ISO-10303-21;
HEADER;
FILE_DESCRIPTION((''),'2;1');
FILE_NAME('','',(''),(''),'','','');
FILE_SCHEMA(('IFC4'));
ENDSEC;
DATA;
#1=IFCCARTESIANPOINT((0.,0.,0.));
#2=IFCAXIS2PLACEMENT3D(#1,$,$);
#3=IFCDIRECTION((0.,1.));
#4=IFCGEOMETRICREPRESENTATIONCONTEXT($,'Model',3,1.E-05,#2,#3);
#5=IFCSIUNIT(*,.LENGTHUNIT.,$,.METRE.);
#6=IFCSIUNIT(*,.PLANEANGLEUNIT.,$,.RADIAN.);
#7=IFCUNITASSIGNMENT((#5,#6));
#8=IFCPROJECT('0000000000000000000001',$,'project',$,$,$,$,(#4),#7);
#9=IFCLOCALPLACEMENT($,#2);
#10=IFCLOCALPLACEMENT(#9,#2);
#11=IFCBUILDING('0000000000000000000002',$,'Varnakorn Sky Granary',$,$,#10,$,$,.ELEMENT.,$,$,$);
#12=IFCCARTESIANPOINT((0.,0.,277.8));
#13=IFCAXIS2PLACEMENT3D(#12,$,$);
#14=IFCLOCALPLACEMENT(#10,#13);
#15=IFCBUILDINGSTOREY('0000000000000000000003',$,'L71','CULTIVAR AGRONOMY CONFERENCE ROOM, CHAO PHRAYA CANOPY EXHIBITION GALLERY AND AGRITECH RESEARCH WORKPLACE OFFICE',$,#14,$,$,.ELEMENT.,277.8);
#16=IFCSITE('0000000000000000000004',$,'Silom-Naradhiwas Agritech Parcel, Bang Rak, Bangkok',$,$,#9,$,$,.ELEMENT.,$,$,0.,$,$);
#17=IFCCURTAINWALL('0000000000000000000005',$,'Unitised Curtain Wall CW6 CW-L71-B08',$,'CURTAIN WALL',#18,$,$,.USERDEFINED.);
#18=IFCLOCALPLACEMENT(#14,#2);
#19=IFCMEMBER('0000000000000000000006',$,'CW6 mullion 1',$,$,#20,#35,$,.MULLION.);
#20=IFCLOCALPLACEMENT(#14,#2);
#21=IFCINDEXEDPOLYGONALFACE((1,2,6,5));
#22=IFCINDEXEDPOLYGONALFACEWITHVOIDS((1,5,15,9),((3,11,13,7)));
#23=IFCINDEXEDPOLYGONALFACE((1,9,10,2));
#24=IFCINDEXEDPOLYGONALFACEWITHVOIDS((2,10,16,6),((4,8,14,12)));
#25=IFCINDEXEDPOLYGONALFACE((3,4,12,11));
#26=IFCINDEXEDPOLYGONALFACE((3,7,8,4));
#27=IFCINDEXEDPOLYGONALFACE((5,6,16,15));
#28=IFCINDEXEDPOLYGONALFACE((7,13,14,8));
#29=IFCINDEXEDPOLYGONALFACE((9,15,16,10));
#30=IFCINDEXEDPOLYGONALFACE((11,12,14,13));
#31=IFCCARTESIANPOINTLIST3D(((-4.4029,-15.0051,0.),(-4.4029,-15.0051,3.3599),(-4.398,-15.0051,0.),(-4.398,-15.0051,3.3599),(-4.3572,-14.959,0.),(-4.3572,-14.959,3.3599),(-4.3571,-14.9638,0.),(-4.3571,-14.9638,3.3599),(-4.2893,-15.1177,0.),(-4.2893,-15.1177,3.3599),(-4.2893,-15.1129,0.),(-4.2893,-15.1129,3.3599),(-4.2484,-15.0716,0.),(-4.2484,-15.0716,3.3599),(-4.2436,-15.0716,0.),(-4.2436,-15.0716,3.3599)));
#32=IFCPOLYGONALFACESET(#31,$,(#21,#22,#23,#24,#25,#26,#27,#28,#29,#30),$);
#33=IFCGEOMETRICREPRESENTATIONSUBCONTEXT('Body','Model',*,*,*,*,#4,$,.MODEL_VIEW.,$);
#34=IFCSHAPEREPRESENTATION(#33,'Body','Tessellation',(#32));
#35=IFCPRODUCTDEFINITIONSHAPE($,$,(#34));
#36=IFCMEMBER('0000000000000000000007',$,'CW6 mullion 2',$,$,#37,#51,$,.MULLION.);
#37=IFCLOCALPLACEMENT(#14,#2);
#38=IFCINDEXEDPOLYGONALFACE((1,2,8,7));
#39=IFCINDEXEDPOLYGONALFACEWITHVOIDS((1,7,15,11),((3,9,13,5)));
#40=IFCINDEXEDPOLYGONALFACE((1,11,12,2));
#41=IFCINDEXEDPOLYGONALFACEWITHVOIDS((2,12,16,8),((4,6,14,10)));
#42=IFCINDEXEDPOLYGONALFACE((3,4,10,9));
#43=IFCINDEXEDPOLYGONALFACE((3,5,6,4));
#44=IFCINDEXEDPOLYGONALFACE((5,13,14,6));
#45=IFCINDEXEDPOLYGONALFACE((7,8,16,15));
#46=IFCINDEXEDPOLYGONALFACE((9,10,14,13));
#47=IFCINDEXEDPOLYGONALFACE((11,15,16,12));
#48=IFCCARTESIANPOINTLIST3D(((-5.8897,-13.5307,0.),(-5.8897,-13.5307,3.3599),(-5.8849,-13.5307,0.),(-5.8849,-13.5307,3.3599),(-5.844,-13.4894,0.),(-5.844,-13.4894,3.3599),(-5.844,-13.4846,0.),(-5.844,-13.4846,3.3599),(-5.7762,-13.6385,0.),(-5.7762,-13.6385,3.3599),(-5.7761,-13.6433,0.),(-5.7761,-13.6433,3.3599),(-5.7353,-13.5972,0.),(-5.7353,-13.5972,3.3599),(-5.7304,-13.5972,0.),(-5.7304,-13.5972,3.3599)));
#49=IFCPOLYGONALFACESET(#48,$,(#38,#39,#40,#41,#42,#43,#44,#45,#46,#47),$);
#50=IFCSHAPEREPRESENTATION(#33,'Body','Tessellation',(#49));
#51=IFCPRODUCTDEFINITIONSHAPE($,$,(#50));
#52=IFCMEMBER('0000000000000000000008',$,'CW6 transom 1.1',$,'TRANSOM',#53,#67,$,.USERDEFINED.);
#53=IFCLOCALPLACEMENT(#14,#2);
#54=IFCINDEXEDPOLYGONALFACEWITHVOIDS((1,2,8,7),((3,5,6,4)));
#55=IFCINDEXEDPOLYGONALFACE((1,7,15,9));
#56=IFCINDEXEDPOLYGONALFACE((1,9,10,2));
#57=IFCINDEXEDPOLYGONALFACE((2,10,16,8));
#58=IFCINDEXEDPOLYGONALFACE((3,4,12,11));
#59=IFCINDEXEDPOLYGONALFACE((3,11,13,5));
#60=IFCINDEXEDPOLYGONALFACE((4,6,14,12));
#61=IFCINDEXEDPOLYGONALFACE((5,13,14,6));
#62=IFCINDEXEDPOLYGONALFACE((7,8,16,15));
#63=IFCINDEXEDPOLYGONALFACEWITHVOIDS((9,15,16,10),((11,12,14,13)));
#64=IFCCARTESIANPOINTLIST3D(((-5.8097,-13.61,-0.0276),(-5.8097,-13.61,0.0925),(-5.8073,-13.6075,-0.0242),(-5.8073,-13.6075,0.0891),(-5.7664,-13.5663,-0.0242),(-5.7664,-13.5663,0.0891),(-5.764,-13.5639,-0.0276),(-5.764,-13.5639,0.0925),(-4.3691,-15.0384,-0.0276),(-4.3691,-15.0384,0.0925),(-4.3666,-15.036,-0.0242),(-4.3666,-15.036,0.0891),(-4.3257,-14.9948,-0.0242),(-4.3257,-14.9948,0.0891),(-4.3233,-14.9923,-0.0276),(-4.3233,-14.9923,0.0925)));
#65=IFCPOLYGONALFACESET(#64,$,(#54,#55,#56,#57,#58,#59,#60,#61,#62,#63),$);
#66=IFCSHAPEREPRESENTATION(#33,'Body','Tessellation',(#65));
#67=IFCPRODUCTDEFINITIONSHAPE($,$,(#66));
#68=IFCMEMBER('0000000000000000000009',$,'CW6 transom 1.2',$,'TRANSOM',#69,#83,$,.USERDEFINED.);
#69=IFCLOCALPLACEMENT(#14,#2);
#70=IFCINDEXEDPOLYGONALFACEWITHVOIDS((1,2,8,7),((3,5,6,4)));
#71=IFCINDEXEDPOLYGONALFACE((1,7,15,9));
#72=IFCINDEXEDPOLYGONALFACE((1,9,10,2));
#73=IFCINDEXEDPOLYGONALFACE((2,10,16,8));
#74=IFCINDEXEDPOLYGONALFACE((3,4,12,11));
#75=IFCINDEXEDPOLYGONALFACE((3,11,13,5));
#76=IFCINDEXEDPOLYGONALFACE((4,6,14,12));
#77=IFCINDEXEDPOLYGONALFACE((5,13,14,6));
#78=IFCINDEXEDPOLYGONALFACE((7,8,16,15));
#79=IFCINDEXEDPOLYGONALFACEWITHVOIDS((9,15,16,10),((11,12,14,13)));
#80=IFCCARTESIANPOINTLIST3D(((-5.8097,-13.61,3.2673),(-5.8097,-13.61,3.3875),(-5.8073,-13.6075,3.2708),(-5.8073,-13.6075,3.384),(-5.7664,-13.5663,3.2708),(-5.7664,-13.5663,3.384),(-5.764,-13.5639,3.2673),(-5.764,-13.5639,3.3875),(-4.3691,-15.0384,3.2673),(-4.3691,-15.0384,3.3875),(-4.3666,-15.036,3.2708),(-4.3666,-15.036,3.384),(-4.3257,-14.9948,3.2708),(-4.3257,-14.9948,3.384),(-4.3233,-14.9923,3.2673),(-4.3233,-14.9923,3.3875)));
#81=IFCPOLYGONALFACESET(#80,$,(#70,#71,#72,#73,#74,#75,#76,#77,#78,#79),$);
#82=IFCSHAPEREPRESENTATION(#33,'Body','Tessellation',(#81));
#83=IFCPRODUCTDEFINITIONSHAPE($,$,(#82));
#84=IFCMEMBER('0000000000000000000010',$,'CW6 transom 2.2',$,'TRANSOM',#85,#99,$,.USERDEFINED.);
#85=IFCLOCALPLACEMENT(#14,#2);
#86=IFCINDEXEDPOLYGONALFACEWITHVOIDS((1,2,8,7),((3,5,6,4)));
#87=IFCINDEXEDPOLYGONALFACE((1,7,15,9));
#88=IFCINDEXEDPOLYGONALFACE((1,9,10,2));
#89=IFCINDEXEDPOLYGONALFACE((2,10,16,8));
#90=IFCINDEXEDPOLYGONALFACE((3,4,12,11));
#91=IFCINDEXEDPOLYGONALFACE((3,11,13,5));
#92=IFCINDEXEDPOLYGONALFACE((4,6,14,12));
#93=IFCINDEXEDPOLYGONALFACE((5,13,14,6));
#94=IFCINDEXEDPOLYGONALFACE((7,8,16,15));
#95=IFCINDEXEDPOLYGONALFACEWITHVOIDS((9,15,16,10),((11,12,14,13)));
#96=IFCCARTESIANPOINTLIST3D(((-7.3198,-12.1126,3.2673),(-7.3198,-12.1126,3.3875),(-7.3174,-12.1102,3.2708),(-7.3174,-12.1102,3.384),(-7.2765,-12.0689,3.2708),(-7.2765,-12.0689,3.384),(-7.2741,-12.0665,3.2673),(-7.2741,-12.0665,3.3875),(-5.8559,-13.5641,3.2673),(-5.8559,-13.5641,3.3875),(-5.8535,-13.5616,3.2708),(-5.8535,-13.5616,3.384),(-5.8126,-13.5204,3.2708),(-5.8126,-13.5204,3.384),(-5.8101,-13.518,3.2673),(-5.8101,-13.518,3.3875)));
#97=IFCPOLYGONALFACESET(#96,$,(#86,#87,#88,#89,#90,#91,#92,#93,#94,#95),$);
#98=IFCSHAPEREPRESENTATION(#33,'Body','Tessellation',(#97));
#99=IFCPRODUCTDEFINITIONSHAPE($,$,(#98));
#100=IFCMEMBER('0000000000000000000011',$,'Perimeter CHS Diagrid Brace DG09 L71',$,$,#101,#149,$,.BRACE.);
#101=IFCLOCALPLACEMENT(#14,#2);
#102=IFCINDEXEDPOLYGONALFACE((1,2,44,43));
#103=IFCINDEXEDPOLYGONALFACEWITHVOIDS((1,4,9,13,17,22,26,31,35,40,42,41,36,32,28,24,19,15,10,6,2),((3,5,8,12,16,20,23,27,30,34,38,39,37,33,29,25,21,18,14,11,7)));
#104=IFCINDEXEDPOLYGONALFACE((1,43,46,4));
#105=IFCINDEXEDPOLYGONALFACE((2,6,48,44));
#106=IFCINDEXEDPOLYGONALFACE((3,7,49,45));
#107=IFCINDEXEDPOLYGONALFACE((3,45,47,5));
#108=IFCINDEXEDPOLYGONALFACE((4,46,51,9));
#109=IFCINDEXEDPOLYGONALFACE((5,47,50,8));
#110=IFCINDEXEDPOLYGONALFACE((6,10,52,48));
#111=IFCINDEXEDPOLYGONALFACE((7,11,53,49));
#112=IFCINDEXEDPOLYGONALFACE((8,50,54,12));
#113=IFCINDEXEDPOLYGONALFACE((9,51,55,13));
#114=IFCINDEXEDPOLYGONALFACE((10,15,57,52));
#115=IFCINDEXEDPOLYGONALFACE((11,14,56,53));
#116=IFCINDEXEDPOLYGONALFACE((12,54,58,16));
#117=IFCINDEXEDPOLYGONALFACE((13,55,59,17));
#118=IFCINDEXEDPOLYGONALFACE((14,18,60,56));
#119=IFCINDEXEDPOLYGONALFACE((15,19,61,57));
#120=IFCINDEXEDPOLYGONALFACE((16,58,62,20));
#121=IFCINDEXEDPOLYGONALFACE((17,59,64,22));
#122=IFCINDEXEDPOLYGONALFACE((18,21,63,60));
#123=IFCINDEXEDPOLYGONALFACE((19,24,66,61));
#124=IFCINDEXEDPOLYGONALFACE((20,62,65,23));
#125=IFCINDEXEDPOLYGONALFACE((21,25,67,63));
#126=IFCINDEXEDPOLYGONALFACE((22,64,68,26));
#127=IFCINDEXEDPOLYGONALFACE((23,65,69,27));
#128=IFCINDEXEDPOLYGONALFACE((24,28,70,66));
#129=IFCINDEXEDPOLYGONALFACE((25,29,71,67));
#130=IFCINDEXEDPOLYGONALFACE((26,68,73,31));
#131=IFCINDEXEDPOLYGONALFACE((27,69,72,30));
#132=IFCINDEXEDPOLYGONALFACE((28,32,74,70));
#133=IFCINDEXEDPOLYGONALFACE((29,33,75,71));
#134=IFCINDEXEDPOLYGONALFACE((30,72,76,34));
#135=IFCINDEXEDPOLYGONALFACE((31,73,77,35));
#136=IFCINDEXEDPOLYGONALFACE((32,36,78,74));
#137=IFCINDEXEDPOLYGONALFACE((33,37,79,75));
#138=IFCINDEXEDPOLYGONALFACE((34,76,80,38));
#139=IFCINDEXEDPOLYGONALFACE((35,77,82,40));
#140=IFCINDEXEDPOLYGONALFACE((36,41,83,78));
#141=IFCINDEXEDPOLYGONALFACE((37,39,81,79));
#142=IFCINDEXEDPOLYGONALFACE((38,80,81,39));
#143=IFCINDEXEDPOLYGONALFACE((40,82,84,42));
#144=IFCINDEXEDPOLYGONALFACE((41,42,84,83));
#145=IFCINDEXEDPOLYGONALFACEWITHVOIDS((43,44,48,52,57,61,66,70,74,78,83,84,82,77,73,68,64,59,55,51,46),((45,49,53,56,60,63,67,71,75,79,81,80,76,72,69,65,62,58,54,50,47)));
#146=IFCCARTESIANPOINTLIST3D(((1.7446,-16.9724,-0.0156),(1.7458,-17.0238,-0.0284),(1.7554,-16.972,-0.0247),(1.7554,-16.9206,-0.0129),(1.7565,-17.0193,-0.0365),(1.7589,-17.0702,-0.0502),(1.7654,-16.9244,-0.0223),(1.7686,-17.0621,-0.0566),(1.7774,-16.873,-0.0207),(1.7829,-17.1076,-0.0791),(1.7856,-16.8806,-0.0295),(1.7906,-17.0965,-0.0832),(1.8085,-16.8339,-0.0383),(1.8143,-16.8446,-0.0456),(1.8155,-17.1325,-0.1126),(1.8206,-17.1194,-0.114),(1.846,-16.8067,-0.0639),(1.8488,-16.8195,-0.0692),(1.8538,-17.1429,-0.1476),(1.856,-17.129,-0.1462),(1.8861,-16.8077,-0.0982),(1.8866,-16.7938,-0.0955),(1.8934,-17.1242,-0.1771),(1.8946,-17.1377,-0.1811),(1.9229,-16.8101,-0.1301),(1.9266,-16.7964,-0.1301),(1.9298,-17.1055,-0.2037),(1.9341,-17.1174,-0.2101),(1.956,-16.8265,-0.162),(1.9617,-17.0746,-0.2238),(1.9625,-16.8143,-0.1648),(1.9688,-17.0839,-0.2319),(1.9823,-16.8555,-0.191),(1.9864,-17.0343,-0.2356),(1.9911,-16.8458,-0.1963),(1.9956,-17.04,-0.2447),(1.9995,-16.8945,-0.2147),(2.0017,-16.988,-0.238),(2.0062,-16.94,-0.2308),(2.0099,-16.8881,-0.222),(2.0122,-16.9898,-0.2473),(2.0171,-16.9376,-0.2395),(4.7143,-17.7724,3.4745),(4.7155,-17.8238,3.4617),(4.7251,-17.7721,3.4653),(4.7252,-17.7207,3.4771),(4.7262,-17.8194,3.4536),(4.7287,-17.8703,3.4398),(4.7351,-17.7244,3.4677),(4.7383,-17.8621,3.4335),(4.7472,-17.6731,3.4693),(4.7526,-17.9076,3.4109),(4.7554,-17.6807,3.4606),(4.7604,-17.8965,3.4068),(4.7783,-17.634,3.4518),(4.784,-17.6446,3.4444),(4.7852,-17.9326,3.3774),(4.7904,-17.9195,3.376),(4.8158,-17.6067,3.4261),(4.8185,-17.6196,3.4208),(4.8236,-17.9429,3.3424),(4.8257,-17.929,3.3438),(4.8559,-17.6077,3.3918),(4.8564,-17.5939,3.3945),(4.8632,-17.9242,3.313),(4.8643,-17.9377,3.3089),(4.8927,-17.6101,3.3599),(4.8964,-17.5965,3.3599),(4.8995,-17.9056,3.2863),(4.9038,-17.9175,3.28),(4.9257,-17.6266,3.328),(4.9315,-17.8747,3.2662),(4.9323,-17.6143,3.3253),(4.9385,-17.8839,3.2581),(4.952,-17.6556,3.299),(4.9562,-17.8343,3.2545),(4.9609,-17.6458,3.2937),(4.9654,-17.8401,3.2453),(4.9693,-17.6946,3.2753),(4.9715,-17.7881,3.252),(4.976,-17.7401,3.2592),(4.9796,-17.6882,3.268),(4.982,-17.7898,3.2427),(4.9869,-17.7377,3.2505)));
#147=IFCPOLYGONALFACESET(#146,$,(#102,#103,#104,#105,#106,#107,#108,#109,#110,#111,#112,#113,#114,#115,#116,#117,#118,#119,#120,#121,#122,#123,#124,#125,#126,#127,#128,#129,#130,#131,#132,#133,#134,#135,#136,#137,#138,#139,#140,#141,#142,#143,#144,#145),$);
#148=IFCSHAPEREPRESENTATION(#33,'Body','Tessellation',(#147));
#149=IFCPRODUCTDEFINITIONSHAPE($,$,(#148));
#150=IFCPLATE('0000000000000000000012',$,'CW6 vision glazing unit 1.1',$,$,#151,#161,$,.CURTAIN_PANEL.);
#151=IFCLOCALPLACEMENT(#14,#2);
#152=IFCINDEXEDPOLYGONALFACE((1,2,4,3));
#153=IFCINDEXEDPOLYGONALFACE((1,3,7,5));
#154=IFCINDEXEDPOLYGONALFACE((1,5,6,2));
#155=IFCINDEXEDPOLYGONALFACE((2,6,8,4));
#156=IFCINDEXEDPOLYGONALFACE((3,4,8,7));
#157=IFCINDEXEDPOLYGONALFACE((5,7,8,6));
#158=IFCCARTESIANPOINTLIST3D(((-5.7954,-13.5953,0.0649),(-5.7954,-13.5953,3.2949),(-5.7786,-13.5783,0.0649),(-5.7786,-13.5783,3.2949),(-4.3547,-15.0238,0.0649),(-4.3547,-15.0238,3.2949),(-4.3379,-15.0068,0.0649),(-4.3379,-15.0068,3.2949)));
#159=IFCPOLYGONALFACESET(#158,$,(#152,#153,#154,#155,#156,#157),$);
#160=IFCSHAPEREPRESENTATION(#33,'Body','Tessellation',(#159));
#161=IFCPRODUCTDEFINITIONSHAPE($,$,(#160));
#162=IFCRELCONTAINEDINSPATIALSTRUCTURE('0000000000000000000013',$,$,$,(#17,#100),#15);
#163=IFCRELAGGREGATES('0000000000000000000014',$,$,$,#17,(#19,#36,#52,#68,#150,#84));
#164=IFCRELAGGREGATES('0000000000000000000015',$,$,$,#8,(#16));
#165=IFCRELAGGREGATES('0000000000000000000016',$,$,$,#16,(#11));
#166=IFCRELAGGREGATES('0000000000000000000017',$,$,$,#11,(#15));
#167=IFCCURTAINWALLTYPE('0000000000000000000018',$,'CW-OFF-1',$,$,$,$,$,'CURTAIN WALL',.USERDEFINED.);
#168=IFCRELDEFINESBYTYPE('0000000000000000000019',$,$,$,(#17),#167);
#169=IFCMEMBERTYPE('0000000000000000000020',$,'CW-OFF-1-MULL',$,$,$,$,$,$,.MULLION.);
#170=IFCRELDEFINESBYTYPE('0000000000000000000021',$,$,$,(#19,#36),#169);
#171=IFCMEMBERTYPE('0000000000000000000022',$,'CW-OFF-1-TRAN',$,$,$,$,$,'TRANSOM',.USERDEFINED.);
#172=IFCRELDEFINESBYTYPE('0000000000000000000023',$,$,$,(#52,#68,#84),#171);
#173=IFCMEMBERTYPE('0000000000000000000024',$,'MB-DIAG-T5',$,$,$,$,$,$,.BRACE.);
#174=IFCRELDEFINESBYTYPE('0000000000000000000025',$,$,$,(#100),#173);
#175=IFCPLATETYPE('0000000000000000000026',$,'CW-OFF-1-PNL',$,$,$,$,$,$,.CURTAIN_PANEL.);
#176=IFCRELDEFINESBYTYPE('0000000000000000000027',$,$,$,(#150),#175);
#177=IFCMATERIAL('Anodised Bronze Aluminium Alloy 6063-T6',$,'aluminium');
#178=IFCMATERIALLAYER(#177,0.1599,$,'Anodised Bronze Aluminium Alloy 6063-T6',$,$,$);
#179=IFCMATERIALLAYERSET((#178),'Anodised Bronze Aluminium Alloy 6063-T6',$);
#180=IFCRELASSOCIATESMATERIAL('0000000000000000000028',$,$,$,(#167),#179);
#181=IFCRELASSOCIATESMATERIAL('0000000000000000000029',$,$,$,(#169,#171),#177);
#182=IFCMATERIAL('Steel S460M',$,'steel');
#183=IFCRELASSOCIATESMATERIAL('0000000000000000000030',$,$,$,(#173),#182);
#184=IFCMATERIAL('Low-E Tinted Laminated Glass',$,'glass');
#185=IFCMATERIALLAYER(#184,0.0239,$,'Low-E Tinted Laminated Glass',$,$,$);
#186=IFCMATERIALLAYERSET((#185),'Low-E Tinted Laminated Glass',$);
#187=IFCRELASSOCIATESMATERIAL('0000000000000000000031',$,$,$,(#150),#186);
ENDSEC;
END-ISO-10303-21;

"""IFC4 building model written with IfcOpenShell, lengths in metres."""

from ifc_helpers import new_model, si_unit, direction, frame, origin, origin_2d, place, context, subcontext, project, spatial, rectangle, hollow_rectangle, hollow_circle, extrude, source, transform, mapped, material, layer, layer_set, material_profile, profile_set, type_object, type_shapes, element, aggregate, save


model = new_model("IFC4")

# Units and contexts
model_context = context("Model", 3, precision=1e-05, world=origin(), true_north=direction((0.0, 1.0)))
body_context = subcontext(model_context, "Body", "Model", "MODEL_VIEW")
ifc_project = project(units=[si_unit("LENGTHUNIT", "METRE"), si_unit("PLANEANGLEUNIT", "RADIAN")], contexts=[model_context])

# Site, building, storey
site_placement = place(None, origin())
site = spatial("IfcSite", under=ifc_project, at=site_placement, Name="Silom-Naradhiwas Agritech Parcel, Bang Rak, Bangkok", CompositionType="ELEMENT", RefElevation=0.0)
building_placement = place(site_placement, origin())
building = spatial("IfcBuilding", under=site, at=building_placement, Name="Varnakorn Sky Granary", CompositionType="ELEMENT")
storey_placement = place(building_placement, frame((0.0, 0.0, 277.8)))
storey = spatial("IfcBuildingStorey", under=building, at=storey_placement, Name="L71", Description="CULTIVAR AGRONOMY CONFERENCE ROOM, CHAO PHRAYA CANOPY EXHIBITION GALLERY AND AGRITECH RESEARCH WORKPLACE OFFICE", CompositionType="ELEMENT", Elevation=277.8)

# Shared definitions
ifc_material_1 = material(Name="Steel S460M", Category="steel")

# Curtain wall, members
ifc_material_2 = material(Name="Anodised Bronze Aluminium Alloy 6063-T6", Category="aluminium")
ifc_layer_1 = layer(ifc_material_2, 0.1599, Name="Anodised Bronze Aluminium Alloy 6063-T6")
ifc_layer_set_1 = layer_set([ifc_layer_1], Name="Anodised Bronze Aluminium Alloy 6063-T6")
curtain_wall_type = type_object("IfcCurtainWallType", Name="CW-OFF-1", ElementType="CURTAIN WALL", PredefinedType="USERDEFINED", material=ifc_layer_set_1)
curtain_wall_placement = place(storey_placement, origin())
curtain_wall = element("IfcCurtainWall", 1, at=curtain_wall_placement, inside=storey, type_object=curtain_wall_type, Name="Unitised Curtain Wall CW6 CW-L71-B08", ObjectType="CURTAIN WALL", PredefinedType="USERDEFINED")
ifc_material_profile_1 = material_profile(ifc_material_2, hollow_rectangle(XDim=0.0649, YDim=0.1599, WallThickness=0.0034, at=origin_2d()), Name="ALU MULL 65x160")
ifc_profile_set_1 = profile_set([ifc_material_profile_1], Name="Anodised Bronze Aluminium Alloy 6063-T6")
member_type_1 = type_object("IfcMemberType", Name="CW-OFF-1-MULL", PredefinedType="MULLION", material=ifc_profile_set_1)
member_1_placement = place(storey_placement, frame((-4.3232, -15.0383, 0.0), z_axis=(0.0, 0.0, 1.0), x_axis=(-0.704102, -0.710099, 0.0)))
member_1 = element("IfcMember", 2, at=member_1_placement, type_object=member_type_1, Name="CW6 mullion 1", PredefinedType="MULLION", context=body_context, shape_type="SweptSolid", body=[
    extrude(hollow_rectangle(XDim=0.0649, YDim=0.1599, WallThickness=0.0034, at=origin_2d()), origin(), (0.0, 0.0, 1.0), 3.3599),
])
member_2_placement = place(storey_placement, frame((-5.8101, -13.564, 0.0), z_axis=(0.0, 0.0, 1.0), x_axis=(-0.704102, -0.710099, 0.0)))
member_2 = element("IfcMember", 3, at=member_2_placement, type_object=member_type_1, Name="CW6 mullion 2", PredefinedType="MULLION", context=body_context, shape_type="SweptSolid", body=[
    extrude(hollow_rectangle(XDim=0.0649, YDim=0.1599, WallThickness=0.0034, at=origin_2d()), origin(), (0.0, 0.0, 1.0), 3.3599),
])
ifc_material_profile_2 = material_profile(ifc_material_2, hollow_rectangle(XDim=0.0649, YDim=0.1201, WallThickness=0.0034, at=origin_2d()), Name="ALU TRAN 65x120")
ifc_profile_set_2 = profile_set([ifc_material_profile_2], Name="Anodised Bronze Aluminium Alloy 6063-T6")
member_type_2 = type_object("IfcMemberType", Name="CW-OFF-1-TRAN", ElementType="TRANSOM", PredefinedType="USERDEFINED", material=ifc_profile_set_2)
member_3_placement = place(storey_placement, frame((-4.3462, -15.0154, 0.0325), z_axis=(-0.710109, 0.704092, 0.0), x_axis=(-0.704092, -0.710109, 0.0)))
member_3 = element("IfcMember", 4, at=member_3_placement, type_object=member_type_2, Name="CW6 transom 1.1", ObjectType="TRANSOM", PredefinedType="USERDEFINED", context=body_context, shape_type="SweptSolid", body=[
    extrude(hollow_rectangle(XDim=0.0649, YDim=0.1201, WallThickness=0.0034, at=origin_2d()), origin(), (0.0, 0.0, 1.0), 2.0288),
])
member_4_placement = place(storey_placement, frame((-4.3462, -15.0154, 3.3274), z_axis=(-0.710109, 0.704092, 0.0), x_axis=(-0.704092, -0.710109, 0.0)))
member_4 = element("IfcMember", 5, at=member_4_placement, type_object=member_type_2, Name="CW6 transom 1.2", ObjectType="TRANSOM", PredefinedType="USERDEFINED", context=body_context, shape_type="SweptSolid", body=[
    extrude(hollow_rectangle(XDim=0.0649, YDim=0.1201, WallThickness=0.0034, at=origin_2d()), origin(), (0.0, 0.0, 1.0), 2.0288),
])
member_5_placement = place(storey_placement, frame((-5.833, -13.541, 3.3274), z_axis=(-0.71012, 0.70408, 0.0), x_axis=(-0.70408, -0.71012, 0.0)))
member_5 = element("IfcMember", 6, at=member_5_placement, type_object=member_type_2, Name="CW6 transom 2.2", ObjectType="TRANSOM", PredefinedType="USERDEFINED", context=body_context, shape_type="SweptSolid", body=[
    extrude(hollow_rectangle(XDim=0.0649, YDim=0.1201, WallThickness=0.0034, at=origin_2d()), origin(), (0.0, 0.0, 1.0), 2.0615),
])

# Member
ifc_material_profile_3 = material_profile(ifc_material_1, hollow_circle(Radius=0.1777, WallThickness=0.0142, at=origin_2d()), Name="CHS 355.6x14")
ifc_profile_set_3 = profile_set([ifc_material_profile_3], Name="Steel S460M")
member_type_3 = type_object("IfcMemberType", Name="MB-DIAG-T5", PredefinedType="BRACE", material=ifc_profile_set_3)
member_6_placement = place(storey_placement, frame((1.8804, -16.968, -0.1301), z_axis=(0.638402, -0.171986, 0.750243), x_axis=(0.260127, 0.965574, 0.0)))
element("IfcMember", 7, at=member_6_placement, inside=storey, type_object=member_type_3, Name="Perimeter CHS Diagrid Brace DG09 L71", PredefinedType="BRACE", context=body_context, shape_type="SweptSolid", body=[
    extrude(hollow_circle(Radius=0.1777, WallThickness=0.0142, at=origin_2d()), origin(), (0.0, 0.0, 1.0), 4.6519),
])

# Plate
ifc_material_3 = material(Name="Low-E Tinted Laminated Glass", Category="glass")
ifc_layer_2 = layer(ifc_material_3, 0.0239, Name="Low-E Tinted Laminated Glass")
ifc_layer_set_2 = layer_set([ifc_layer_2], Name="Low-E Tinted Laminated Glass")
plate_type = type_object("IfcPlateType", Name="CW-OFF-1-PNL", PredefinedType="CURTAIN_PANEL")
shared_shape_1 = source(origin(), body_context, "Body", "SweptSolid", [
    extrude(rectangle(XDim=2.0288, YDim=0.0239, at=origin_2d()), origin(), (0.0, 0.0, 1.0), 3.23),
])
type_shapes(plate_type, [shared_shape_1])
plate_placement = place(storey_placement, frame((-5.0667, -14.301, 0.0649), z_axis=(0.0, 0.0, 1.0), x_axis=(-0.710099, 0.704102, 0.0)))
plate = element("IfcPlate", 8, at=plate_placement, type_object=plate_type, material=ifc_layer_set_2, Name="CW6 vision glazing unit 1.1", PredefinedType="CURTAIN_PANEL", context=body_context, shape_type="MappedRepresentation", body=[
    mapped(shared_shape_1, transform((0.0, 0.0, 0.0), x_axis=(1.0, 0.0, 0.0), y_axis=(0.0, 1.0, 0.0), z_axis=(0.0, 0.0, 1.0), scale=1.0)),
])
aggregate(curtain_wall, [member_1, member_2, member_3, member_4, plate, member_5])

save(model, "model.ifc")
